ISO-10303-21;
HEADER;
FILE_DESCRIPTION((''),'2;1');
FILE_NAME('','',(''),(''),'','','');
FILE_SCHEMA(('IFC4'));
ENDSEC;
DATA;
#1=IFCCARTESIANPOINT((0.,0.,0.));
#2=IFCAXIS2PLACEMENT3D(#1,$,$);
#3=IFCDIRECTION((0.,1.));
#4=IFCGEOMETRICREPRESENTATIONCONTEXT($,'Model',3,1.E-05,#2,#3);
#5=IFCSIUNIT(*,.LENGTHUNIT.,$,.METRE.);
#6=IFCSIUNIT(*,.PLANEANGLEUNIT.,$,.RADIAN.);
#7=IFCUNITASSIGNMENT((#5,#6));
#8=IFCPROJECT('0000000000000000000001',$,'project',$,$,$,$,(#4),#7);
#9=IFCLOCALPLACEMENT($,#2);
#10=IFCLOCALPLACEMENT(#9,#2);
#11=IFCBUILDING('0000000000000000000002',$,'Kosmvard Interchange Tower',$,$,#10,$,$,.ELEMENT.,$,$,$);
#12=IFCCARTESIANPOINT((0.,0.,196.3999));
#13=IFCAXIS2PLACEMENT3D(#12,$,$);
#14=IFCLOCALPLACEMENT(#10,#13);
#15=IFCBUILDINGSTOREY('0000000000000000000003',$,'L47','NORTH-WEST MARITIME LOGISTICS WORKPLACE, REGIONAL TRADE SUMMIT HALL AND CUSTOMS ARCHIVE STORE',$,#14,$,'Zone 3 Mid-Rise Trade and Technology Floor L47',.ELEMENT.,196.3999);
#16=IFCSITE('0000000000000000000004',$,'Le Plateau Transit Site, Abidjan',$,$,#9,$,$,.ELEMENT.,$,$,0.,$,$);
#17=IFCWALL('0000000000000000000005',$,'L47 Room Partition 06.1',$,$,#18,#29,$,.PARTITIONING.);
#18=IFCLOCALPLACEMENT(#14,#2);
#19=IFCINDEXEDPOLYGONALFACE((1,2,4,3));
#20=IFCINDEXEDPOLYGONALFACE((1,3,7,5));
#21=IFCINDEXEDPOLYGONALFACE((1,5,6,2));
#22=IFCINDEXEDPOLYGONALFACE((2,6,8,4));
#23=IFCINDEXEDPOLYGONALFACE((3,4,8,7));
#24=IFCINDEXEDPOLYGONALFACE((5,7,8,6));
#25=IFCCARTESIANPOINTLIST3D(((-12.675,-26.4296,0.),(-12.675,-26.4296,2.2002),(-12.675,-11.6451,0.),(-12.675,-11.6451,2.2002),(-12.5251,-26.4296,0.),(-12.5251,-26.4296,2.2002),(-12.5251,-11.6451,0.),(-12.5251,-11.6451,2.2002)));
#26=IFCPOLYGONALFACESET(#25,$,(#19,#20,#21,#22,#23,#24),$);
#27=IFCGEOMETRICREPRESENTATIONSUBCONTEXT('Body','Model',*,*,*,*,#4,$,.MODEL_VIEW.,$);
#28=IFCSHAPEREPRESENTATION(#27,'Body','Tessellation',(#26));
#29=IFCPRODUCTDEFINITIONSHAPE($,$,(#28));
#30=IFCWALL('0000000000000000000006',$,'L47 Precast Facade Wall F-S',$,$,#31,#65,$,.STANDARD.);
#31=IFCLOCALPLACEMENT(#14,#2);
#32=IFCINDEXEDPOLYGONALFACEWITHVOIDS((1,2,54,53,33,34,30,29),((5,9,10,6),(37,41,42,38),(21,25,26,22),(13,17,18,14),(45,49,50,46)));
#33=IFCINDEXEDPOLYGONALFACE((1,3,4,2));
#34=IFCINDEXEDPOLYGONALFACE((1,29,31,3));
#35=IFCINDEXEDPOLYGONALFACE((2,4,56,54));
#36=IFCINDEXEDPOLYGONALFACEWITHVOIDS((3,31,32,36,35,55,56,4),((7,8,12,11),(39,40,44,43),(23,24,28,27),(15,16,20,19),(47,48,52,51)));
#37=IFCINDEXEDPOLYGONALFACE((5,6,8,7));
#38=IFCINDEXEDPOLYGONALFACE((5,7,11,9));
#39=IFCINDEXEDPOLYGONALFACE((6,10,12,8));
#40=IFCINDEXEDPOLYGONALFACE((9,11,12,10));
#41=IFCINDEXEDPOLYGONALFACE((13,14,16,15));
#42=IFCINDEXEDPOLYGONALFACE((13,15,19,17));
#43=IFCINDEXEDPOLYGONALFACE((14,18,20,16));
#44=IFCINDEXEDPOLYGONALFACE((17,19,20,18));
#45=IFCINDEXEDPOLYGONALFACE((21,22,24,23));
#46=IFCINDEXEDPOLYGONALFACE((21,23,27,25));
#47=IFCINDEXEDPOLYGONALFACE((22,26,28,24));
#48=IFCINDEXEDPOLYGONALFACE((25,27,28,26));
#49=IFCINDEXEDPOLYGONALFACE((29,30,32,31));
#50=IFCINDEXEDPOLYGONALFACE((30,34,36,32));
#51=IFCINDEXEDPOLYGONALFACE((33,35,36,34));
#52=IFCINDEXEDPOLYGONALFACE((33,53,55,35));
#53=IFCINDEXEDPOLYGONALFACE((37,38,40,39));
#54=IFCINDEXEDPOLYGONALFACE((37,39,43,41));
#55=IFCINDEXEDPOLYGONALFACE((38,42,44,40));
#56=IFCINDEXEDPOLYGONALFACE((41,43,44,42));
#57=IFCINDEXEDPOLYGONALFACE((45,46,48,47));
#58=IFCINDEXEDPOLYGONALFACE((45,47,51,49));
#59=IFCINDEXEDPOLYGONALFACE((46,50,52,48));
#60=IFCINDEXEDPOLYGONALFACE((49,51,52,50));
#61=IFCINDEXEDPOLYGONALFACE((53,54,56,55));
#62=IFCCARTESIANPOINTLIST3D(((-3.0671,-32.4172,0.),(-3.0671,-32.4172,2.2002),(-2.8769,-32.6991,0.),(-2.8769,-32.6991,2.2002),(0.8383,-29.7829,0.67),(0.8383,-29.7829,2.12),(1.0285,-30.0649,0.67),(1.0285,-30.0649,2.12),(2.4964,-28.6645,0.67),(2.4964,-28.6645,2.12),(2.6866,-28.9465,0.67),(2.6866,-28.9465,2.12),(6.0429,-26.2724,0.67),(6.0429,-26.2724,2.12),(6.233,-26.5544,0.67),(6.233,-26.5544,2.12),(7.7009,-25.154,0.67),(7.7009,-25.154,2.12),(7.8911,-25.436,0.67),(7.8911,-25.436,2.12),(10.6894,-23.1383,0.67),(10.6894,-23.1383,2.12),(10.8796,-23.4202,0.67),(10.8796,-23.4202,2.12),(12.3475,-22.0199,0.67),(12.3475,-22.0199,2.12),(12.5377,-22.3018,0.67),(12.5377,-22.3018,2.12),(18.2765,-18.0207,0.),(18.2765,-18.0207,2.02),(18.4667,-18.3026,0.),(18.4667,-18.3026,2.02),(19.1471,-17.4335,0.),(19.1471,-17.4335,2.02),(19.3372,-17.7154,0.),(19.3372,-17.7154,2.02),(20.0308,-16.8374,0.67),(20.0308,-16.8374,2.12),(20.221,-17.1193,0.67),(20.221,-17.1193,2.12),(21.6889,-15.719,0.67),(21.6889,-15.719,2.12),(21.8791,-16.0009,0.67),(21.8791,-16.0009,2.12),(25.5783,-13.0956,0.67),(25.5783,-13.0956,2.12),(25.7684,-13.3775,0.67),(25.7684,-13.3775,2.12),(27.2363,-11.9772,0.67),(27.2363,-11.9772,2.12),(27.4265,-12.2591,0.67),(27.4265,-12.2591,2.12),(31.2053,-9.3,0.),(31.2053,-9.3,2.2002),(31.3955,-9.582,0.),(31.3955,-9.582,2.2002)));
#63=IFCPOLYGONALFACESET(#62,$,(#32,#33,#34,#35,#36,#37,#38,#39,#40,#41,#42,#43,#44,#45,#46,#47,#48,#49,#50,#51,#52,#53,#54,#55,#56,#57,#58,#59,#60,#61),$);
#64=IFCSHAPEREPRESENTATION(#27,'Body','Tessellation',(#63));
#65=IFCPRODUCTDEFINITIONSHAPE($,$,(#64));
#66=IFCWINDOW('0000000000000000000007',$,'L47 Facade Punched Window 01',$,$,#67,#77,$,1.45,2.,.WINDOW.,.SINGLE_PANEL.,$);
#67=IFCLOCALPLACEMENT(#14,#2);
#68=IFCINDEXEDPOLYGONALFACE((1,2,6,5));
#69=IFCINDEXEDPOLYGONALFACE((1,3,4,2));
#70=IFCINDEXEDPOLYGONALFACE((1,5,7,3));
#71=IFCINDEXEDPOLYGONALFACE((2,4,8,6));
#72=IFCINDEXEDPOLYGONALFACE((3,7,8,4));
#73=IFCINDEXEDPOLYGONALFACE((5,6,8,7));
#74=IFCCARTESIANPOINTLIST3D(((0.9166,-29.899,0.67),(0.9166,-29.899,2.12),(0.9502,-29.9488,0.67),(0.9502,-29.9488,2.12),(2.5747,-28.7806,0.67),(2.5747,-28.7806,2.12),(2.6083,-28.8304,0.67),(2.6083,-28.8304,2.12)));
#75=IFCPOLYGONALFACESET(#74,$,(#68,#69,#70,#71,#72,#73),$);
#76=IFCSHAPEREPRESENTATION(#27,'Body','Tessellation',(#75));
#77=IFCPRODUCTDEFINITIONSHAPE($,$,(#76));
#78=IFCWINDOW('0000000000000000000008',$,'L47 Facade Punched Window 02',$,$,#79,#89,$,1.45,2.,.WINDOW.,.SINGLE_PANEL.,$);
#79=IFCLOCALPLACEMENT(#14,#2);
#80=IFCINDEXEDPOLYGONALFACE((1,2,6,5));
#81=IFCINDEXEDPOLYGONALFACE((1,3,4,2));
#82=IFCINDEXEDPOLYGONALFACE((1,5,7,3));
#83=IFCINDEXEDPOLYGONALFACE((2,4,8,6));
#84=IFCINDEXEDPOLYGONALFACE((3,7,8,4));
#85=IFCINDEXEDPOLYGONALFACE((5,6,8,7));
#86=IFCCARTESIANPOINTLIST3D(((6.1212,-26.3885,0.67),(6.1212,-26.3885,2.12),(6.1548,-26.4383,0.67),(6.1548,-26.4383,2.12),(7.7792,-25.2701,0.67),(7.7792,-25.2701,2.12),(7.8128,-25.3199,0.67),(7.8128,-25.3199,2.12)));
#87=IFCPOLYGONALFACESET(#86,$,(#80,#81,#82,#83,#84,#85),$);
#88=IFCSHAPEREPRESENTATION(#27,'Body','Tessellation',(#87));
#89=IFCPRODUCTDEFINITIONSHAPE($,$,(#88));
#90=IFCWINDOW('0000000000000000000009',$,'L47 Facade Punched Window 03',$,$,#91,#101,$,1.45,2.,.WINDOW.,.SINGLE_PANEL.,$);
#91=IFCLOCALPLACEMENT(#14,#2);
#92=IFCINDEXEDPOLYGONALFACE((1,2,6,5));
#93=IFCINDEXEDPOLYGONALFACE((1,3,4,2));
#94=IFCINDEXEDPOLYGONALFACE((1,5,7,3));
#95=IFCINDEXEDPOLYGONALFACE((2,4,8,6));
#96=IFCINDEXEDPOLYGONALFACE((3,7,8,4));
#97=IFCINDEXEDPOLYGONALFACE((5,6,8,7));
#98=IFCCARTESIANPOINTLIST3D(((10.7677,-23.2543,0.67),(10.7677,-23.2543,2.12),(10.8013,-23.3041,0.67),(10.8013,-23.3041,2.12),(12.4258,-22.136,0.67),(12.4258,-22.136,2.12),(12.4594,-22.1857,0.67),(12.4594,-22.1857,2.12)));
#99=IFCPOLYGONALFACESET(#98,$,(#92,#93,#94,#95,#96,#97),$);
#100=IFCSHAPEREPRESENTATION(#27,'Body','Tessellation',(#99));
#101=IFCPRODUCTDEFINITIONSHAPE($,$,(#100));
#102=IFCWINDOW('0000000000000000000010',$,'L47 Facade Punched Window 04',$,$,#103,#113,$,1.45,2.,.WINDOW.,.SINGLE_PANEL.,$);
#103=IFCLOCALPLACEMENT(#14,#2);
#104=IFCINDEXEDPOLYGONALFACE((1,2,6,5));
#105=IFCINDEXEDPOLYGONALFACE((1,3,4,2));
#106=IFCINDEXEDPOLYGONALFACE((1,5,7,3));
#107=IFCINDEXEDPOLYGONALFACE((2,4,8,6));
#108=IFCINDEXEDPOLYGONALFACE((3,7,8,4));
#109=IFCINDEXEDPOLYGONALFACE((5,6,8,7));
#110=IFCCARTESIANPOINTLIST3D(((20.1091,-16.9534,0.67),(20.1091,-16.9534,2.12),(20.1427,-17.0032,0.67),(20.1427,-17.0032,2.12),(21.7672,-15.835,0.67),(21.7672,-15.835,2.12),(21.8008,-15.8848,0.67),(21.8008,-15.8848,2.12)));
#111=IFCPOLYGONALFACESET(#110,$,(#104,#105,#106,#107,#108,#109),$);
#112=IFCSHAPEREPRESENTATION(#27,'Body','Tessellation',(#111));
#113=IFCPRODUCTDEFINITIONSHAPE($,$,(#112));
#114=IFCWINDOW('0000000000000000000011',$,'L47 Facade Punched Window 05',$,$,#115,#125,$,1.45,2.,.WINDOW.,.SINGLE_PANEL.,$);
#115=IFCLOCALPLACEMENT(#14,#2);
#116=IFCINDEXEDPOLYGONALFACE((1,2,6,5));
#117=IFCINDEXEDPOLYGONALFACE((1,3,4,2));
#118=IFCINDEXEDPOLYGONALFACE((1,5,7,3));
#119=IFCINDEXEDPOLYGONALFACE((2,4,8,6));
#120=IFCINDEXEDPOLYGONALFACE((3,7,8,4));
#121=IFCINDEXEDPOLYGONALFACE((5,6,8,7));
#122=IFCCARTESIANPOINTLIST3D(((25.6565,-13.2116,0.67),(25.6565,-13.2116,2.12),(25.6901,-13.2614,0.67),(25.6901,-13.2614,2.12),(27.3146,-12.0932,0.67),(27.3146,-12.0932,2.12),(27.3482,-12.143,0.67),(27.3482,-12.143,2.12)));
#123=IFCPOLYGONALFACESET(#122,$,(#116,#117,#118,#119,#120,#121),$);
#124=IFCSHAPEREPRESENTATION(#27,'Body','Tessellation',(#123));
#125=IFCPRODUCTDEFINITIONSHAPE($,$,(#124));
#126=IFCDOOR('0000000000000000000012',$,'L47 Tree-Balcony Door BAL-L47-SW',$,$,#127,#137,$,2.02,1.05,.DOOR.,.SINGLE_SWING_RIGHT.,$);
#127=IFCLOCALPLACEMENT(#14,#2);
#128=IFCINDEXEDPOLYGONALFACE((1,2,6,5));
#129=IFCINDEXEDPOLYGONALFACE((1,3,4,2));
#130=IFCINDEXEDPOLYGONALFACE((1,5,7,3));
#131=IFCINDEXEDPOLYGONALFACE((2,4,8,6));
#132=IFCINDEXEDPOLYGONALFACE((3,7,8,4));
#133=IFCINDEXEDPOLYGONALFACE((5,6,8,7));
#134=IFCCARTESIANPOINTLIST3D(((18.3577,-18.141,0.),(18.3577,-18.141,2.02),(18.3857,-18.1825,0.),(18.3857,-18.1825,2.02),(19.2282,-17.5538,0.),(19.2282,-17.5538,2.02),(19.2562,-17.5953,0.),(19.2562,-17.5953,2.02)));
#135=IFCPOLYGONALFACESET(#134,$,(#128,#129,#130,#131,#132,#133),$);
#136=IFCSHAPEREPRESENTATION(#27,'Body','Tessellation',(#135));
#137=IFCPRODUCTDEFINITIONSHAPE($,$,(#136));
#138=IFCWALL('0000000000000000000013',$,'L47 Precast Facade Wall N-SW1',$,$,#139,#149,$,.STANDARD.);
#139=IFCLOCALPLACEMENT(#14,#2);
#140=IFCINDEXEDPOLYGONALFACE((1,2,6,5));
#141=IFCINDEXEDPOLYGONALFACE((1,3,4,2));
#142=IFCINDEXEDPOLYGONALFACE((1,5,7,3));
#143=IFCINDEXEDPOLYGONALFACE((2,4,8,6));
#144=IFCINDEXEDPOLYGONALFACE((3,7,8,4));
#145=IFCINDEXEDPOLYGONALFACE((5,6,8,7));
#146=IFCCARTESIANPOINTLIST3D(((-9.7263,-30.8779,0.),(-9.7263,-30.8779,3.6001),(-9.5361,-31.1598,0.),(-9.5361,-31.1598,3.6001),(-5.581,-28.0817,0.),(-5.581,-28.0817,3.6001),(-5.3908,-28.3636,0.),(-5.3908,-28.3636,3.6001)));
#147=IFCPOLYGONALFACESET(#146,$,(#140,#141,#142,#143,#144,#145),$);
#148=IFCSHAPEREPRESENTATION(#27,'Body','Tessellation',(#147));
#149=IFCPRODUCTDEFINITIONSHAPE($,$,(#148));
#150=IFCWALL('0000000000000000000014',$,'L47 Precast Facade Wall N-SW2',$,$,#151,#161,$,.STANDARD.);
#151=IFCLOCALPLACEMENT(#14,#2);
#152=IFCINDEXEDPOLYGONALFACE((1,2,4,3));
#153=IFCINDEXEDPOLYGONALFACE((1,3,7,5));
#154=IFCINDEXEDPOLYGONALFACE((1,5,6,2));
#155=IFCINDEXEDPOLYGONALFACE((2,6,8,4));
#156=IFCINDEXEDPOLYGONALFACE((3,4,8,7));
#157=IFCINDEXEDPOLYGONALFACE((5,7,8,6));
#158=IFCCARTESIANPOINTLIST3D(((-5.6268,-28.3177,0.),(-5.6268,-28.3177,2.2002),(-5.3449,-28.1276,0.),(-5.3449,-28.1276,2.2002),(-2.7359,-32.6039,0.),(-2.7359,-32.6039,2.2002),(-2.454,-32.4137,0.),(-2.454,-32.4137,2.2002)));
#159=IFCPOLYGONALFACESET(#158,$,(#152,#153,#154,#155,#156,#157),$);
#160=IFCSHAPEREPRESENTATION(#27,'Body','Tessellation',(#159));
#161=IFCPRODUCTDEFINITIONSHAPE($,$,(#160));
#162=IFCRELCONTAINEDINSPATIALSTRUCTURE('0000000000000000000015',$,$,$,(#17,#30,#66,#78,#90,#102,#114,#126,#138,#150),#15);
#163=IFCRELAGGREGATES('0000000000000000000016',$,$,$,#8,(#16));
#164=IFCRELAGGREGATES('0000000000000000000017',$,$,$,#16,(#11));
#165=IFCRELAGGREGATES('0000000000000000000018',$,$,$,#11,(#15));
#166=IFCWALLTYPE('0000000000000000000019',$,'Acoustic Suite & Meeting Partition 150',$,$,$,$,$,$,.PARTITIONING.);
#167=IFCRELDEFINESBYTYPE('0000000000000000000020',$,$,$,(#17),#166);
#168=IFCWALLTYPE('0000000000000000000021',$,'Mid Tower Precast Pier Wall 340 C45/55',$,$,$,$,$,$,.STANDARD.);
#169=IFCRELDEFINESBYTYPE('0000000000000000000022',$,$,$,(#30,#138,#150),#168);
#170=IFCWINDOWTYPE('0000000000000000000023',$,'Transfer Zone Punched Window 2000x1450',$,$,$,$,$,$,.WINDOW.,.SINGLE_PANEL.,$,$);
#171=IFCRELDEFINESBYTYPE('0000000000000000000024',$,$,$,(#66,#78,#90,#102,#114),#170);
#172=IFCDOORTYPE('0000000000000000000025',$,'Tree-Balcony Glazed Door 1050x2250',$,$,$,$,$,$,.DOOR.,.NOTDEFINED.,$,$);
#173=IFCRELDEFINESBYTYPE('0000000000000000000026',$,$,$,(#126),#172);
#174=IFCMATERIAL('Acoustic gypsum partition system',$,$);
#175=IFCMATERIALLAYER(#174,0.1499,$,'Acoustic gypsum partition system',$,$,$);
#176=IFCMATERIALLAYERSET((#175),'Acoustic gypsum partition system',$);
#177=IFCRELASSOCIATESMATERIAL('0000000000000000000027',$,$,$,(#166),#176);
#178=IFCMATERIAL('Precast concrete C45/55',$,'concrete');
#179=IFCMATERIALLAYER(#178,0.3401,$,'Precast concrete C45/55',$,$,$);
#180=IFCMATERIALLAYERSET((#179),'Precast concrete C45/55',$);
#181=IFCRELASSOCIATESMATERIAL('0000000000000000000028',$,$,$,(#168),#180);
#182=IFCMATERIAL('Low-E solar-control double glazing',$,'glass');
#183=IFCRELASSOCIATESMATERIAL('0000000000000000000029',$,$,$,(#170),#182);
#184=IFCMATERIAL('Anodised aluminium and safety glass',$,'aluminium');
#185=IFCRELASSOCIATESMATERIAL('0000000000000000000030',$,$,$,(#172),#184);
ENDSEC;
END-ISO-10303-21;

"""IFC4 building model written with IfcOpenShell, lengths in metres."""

from ifc_helpers import new_model, si_unit, direction, frame, frame_2d, origin, place, context, subcontext, project, spatial, rectangle, extrude, source, transform, mapped, material, layer, layer_set, type_object, element, fill, save


model = new_model("IFC4")

# Units and contexts
model_context = context("Model", 3, precision=1e-05, world=origin(), true_north=direction((0.0, 1.0)))
body_context = subcontext(model_context, "Body", "Model", "MODEL_VIEW")
ifc_project = project(units=[si_unit("LENGTHUNIT", "METRE"), si_unit("PLANEANGLEUNIT", "RADIAN")], contexts=[model_context])

# Site, building, storey
site_placement = place(None, origin())
site = spatial("IfcSite", under=ifc_project, at=site_placement, Name="Le Plateau Transit Site, Abidjan", CompositionType="ELEMENT", RefElevation=0.0)
building_placement = place(site_placement, origin())
building = spatial("IfcBuilding", under=site, at=building_placement, Name="Kosmvard Interchange Tower", CompositionType="ELEMENT")
storey_placement = place(building_placement, frame((0.0, 0.0, 196.3999)))
storey = spatial("IfcBuildingStorey", under=building, at=storey_placement, Name="L47", Description="NORTH-WEST MARITIME LOGISTICS WORKPLACE, REGIONAL TRADE SUMMIT HALL AND CUSTOMS ARCHIVE STORE", LongName="Zone 3 Mid-Rise Trade and Technology Floor L47", CompositionType="ELEMENT", Elevation=196.3999)

# Shared definitions
ifc_material_1 = material(Name="Precast concrete C45/55", Category="concrete")

# Wall
ifc_material_2 = material(Name="Acoustic gypsum partition system")
ifc_layer_1 = layer(ifc_material_2, 0.1499, Name="Acoustic gypsum partition system")
ifc_layer_set_1 = layer_set([ifc_layer_1], Name="Acoustic gypsum partition system")
wall_type_1 = type_object("IfcWallType", Name="Acoustic Suite & Meeting Partition 150", PredefinedType="PARTITIONING", material=ifc_layer_set_1)
wall_1_placement = place(storey_placement, frame((-12.6001, -26.4294, 0.0), z_axis=(0.0, 0.0, 1.0), x_axis=(0.0, 1.0, 0.0)))
element("IfcWall", 1, at=wall_1_placement, inside=storey, type_object=wall_type_1, Name="L47 Room Partition 06.1", PredefinedType="PARTITIONING", context=body_context, shape_type="SweptSolid", body=[
    extrude(rectangle(XDim=14.7844, YDim=0.1499, at=frame_2d((7.3921, 0.0))), origin(), (0.0, 0.0, 1.0), 2.2002),
])

# Wall, openings, windows, door
ifc_layer_2 = layer(ifc_material_1, 0.3401, Name="Precast concrete C45/55")
ifc_layer_set_2 = layer_set([ifc_layer_2], Name="Precast concrete C45/55")
wall_type_2 = type_object("IfcWallType", Name="Mid Tower Precast Pier Wall 340 C45/55", PredefinedType="STANDARD", material=ifc_layer_set_2)
wall_2_placement = place(storey_placement, frame((-2.9719, -32.5581, 0.0), z_axis=(0.0, 0.0, 1.0), x_axis=(0.829036, 0.559195, 0.0)))
wall_2 = element("IfcWall", 2, at=wall_2_placement, inside=storey, type_object=wall_type_2, Name="L47 Precast Facade Wall F-S", PredefinedType="STANDARD", context=body_context, shape_type="SweptSolid", body=[
    extrude(rectangle(XDim=41.3401, YDim=0.3401, at=frame_2d((20.6699, 0.0))), origin(), (0.0, 0.0, 1.0), 2.2002),
])
opening_1_placement = place(wall_2_placement, frame((25.7451, 0.0, 0.0)))
opening_1 = element("IfcOpeningElement", 3, at=opening_1_placement, cuts=wall_2, PredefinedType="OPENING", context=body_context, shape_type="SweptSolid", body=[
    extrude(rectangle(XDim=1.05, YDim=2.02, at=frame_2d((0.5249, 1.01))), frame((0.0, 0.1802, 0.0), z_axis=(0.0, -1.0, 0.0), x_axis=(1.0, 0.0, 0.0)), (0.0, 0.0, 1.0), 0.3601),
])
opening_2_placement = place(wall_2_placement, frame((4.7107, 0.0, 0.6699)))
opening_2 = element("IfcOpeningElement", 4, at=opening_2_placement, cuts=wall_2, PredefinedType="OPENING", context=body_context, shape_type="SweptSolid", body=[
    extrude(rectangle(XDim=2.0, YDim=1.45, at=frame_2d((1.0, 0.7251))), frame((0.0, 0.1802, 0.0), z_axis=(0.0, -1.0, 0.0), x_axis=(1.0, 0.0, 0.0)), (0.0, 0.0, 1.0), 0.3601),
])
opening_3_placement = place(wall_2_placement, frame((10.9885, 0.0, 0.6699)))
opening_3 = element("IfcOpeningElement", 5, at=opening_3_placement, cuts=wall_2, PredefinedType="OPENING", context=body_context, shape_type="SweptSolid", body=[
    extrude(rectangle(XDim=2.0, YDim=1.45, at=frame_2d((1.0, 0.7251))), frame((0.0, 0.1802, 0.0), z_axis=(0.0, -1.0, 0.0), x_axis=(1.0, 0.0, 0.0)), (0.0, 0.0, 1.0), 0.3601),
])
opening_4_placement = place(wall_2_placement, frame((16.5933, 0.0, 0.6699)))
opening_4 = element("IfcOpeningElement", 6, at=opening_4_placement, cuts=wall_2, PredefinedType="OPENING", context=body_context, shape_type="SweptSolid", body=[
    extrude(rectangle(XDim=2.0, YDim=1.45, at=frame_2d((1.0, 0.7251))), frame((0.0, 0.1802, 0.0), z_axis=(0.0, -1.0, 0.0), x_axis=(1.0, 0.0, 0.0)), (0.0, 0.0, 1.0), 0.3601),
])
opening_5_placement = place(wall_2_placement, frame((27.8611, 0.0, 0.6699)))
opening_5 = element("IfcOpeningElement", 7, at=opening_5_placement, cuts=wall_2, PredefinedType="OPENING", context=body_context, shape_type="SweptSolid", body=[
    extrude(rectangle(XDim=2.0, YDim=1.45, at=frame_2d((1.0, 0.7251))), frame((0.0, 0.1802, 0.0), z_axis=(0.0, -1.0, 0.0), x_axis=(1.0, 0.0, 0.0)), (0.0, 0.0, 1.0), 0.3601),
])
opening_6_placement = place(wall_2_placement, frame((34.5525, 0.0, 0.6699)))
opening_6 = element("IfcOpeningElement", 8, at=opening_6_placement, cuts=wall_2, PredefinedType="OPENING", context=body_context, shape_type="SweptSolid", body=[
    extrude(rectangle(XDim=2.0, YDim=1.45, at=frame_2d((1.0, 0.7251))), frame((0.0, 0.1802, 0.0), z_axis=(0.0, -1.0, 0.0), x_axis=(1.0, 0.0, 0.0)), (0.0, 0.0, 1.0), 0.3601),
])
ifc_material_3 = material(Name="Low-E solar-control double glazing", Category="glass")
window_type = type_object("IfcWindowType", Name="Transfer Zone Punched Window 2000x1450", PartitioningType="SINGLE_PANEL", PredefinedType="WINDOW", material=ifc_material_3)
shared_shape_1 = source(origin(), body_context, "Body", "SweptSolid", [
    extrude(rectangle(XDim=2.0, YDim=1.45, at=frame_2d((1.0, 0.7251))), frame((0.0, 0.03, 0.0), z_axis=(0.0, -1.0, 0.0), x_axis=(1.0, 0.0, 0.0)), (0.0, 0.0, 1.0), 0.0601),
])
window_1_placement = place(opening_2_placement, origin())
window_1 = element("IfcWindow", 9, at=window_1_placement, inside=storey, type_object=window_type, Name="L47 Facade Punched Window 01", OverallHeight=1.45, OverallWidth=2.0, PartitioningType="SINGLE_PANEL", PredefinedType="WINDOW", context=body_context, shape_type="MappedRepresentation", body=[
    mapped(shared_shape_1, transform((0.0, 0.0, 0.0), scale=1.0)),
])
fill(opening_2, window_1)
window_2_placement = place(opening_3_placement, origin())
window_2 = element("IfcWindow", 10, at=window_2_placement, inside=storey, type_object=window_type, Name="L47 Facade Punched Window 02", OverallHeight=1.45, OverallWidth=2.0, PartitioningType="SINGLE_PANEL", PredefinedType="WINDOW", context=body_context, shape_type="MappedRepresentation", body=[
    mapped(shared_shape_1, transform((0.0, 0.0, 0.0), scale=1.0)),
])
fill(opening_3, window_2)
window_3_placement = place(opening_4_placement, origin())
window_3 = element("IfcWindow", 11, at=window_3_placement, inside=storey, type_object=window_type, Name="L47 Facade Punched Window 03", OverallHeight=1.45, OverallWidth=2.0, PartitioningType="SINGLE_PANEL", PredefinedType="WINDOW", context=body_context, shape_type="MappedRepresentation", body=[
    mapped(shared_shape_1, transform((0.0, 0.0, 0.0), scale=1.0)),
])
fill(opening_4, window_3)
window_4_placement = place(opening_5_placement, origin())
window_4 = element("IfcWindow", 12, at=window_4_placement, inside=storey, type_object=window_type, Name="L47 Facade Punched Window 04", OverallHeight=1.45, OverallWidth=2.0, PartitioningType="SINGLE_PANEL", PredefinedType="WINDOW", context=body_context, shape_type="MappedRepresentation", body=[
    mapped(shared_shape_1, transform((0.0, 0.0, 0.0), scale=1.0)),
])
fill(opening_5, window_4)
window_5_placement = place(opening_6_placement, origin())
window_5 = element("IfcWindow", 13, at=window_5_placement, inside=storey, type_object=window_type, Name="L47 Facade Punched Window 05", OverallHeight=1.45, OverallWidth=2.0, PartitioningType="SINGLE_PANEL", PredefinedType="WINDOW", context=body_context, shape_type="MappedRepresentation", body=[
    mapped(shared_shape_1, transform((0.0, 0.0, 0.0), scale=1.0)),
])
fill(opening_6, window_5)
ifc_material_4 = material(Name="Anodised aluminium and safety glass", Category="aluminium")
door_type = type_object("IfcDoorType", Name="Tree-Balcony Glazed Door 1050x2250", OperationType="NOTDEFINED", PredefinedType="DOOR", material=ifc_material_4)
shared_shape_2 = source(origin(), body_context, "Body", "SweptSolid", [
    extrude(rectangle(XDim=1.05, YDim=2.02, at=frame_2d((0.5249, 1.01))), frame((0.0, 0.0249, 0.0), z_axis=(0.0, -1.0, 0.0), x_axis=(1.0, 0.0, 0.0)), (0.0, 0.0, 1.0), 0.05),
])
door_placement = place(opening_1_placement, origin())
door = element("IfcDoor", 14, at=door_placement, inside=storey, type_object=door_type, Name="L47 Tree-Balcony Door BAL-L47-SW", OperationType="SINGLE_SWING_RIGHT", OverallHeight=2.02, OverallWidth=1.05, PredefinedType="DOOR", context=body_context, shape_type="MappedRepresentation", body=[
    mapped(shared_shape_2, transform((0.0, 0.0, 0.0), scale=1.0)),
])
fill(opening_1, door)

# Walls
wall_3_placement = place(storey_placement, frame((-9.6311, -31.0188, 0.0), z_axis=(0.0, 0.0, 1.0), x_axis=(0.829026, 0.55921, 0.0)))
element("IfcWall", 15, at=wall_3_placement, inside=storey, type_object=wall_type_2, Name="L47 Precast Facade Wall N-SW1", PredefinedType="STANDARD", context=body_context, shape_type="SweptSolid", body=[
    extrude(rectangle(XDim=5.0002, YDim=0.3401, at=frame_2d((2.5, 0.0))), origin(), (0.0, 0.0, 1.0), 3.6001),
])
wall_4_placement = place(storey_placement, frame((-5.4858, -28.2227, 0.0), z_axis=(0.0, 0.0, 1.0), x_axis=(0.559171, -0.829052, 0.0)))
element("IfcWall", 16, at=wall_4_placement, inside=storey, type_object=wall_type_2, Name="L47 Precast Facade Wall N-SW2", PredefinedType="STANDARD", context=body_context, shape_type="SweptSolid", body=[
    extrude(rectangle(XDim=5.1699, YDim=0.3401, at=frame_2d((2.585, 0.0))), origin(), (0.0, 0.0, 1.0), 2.2002),
])

save(model, "model.ifc")
